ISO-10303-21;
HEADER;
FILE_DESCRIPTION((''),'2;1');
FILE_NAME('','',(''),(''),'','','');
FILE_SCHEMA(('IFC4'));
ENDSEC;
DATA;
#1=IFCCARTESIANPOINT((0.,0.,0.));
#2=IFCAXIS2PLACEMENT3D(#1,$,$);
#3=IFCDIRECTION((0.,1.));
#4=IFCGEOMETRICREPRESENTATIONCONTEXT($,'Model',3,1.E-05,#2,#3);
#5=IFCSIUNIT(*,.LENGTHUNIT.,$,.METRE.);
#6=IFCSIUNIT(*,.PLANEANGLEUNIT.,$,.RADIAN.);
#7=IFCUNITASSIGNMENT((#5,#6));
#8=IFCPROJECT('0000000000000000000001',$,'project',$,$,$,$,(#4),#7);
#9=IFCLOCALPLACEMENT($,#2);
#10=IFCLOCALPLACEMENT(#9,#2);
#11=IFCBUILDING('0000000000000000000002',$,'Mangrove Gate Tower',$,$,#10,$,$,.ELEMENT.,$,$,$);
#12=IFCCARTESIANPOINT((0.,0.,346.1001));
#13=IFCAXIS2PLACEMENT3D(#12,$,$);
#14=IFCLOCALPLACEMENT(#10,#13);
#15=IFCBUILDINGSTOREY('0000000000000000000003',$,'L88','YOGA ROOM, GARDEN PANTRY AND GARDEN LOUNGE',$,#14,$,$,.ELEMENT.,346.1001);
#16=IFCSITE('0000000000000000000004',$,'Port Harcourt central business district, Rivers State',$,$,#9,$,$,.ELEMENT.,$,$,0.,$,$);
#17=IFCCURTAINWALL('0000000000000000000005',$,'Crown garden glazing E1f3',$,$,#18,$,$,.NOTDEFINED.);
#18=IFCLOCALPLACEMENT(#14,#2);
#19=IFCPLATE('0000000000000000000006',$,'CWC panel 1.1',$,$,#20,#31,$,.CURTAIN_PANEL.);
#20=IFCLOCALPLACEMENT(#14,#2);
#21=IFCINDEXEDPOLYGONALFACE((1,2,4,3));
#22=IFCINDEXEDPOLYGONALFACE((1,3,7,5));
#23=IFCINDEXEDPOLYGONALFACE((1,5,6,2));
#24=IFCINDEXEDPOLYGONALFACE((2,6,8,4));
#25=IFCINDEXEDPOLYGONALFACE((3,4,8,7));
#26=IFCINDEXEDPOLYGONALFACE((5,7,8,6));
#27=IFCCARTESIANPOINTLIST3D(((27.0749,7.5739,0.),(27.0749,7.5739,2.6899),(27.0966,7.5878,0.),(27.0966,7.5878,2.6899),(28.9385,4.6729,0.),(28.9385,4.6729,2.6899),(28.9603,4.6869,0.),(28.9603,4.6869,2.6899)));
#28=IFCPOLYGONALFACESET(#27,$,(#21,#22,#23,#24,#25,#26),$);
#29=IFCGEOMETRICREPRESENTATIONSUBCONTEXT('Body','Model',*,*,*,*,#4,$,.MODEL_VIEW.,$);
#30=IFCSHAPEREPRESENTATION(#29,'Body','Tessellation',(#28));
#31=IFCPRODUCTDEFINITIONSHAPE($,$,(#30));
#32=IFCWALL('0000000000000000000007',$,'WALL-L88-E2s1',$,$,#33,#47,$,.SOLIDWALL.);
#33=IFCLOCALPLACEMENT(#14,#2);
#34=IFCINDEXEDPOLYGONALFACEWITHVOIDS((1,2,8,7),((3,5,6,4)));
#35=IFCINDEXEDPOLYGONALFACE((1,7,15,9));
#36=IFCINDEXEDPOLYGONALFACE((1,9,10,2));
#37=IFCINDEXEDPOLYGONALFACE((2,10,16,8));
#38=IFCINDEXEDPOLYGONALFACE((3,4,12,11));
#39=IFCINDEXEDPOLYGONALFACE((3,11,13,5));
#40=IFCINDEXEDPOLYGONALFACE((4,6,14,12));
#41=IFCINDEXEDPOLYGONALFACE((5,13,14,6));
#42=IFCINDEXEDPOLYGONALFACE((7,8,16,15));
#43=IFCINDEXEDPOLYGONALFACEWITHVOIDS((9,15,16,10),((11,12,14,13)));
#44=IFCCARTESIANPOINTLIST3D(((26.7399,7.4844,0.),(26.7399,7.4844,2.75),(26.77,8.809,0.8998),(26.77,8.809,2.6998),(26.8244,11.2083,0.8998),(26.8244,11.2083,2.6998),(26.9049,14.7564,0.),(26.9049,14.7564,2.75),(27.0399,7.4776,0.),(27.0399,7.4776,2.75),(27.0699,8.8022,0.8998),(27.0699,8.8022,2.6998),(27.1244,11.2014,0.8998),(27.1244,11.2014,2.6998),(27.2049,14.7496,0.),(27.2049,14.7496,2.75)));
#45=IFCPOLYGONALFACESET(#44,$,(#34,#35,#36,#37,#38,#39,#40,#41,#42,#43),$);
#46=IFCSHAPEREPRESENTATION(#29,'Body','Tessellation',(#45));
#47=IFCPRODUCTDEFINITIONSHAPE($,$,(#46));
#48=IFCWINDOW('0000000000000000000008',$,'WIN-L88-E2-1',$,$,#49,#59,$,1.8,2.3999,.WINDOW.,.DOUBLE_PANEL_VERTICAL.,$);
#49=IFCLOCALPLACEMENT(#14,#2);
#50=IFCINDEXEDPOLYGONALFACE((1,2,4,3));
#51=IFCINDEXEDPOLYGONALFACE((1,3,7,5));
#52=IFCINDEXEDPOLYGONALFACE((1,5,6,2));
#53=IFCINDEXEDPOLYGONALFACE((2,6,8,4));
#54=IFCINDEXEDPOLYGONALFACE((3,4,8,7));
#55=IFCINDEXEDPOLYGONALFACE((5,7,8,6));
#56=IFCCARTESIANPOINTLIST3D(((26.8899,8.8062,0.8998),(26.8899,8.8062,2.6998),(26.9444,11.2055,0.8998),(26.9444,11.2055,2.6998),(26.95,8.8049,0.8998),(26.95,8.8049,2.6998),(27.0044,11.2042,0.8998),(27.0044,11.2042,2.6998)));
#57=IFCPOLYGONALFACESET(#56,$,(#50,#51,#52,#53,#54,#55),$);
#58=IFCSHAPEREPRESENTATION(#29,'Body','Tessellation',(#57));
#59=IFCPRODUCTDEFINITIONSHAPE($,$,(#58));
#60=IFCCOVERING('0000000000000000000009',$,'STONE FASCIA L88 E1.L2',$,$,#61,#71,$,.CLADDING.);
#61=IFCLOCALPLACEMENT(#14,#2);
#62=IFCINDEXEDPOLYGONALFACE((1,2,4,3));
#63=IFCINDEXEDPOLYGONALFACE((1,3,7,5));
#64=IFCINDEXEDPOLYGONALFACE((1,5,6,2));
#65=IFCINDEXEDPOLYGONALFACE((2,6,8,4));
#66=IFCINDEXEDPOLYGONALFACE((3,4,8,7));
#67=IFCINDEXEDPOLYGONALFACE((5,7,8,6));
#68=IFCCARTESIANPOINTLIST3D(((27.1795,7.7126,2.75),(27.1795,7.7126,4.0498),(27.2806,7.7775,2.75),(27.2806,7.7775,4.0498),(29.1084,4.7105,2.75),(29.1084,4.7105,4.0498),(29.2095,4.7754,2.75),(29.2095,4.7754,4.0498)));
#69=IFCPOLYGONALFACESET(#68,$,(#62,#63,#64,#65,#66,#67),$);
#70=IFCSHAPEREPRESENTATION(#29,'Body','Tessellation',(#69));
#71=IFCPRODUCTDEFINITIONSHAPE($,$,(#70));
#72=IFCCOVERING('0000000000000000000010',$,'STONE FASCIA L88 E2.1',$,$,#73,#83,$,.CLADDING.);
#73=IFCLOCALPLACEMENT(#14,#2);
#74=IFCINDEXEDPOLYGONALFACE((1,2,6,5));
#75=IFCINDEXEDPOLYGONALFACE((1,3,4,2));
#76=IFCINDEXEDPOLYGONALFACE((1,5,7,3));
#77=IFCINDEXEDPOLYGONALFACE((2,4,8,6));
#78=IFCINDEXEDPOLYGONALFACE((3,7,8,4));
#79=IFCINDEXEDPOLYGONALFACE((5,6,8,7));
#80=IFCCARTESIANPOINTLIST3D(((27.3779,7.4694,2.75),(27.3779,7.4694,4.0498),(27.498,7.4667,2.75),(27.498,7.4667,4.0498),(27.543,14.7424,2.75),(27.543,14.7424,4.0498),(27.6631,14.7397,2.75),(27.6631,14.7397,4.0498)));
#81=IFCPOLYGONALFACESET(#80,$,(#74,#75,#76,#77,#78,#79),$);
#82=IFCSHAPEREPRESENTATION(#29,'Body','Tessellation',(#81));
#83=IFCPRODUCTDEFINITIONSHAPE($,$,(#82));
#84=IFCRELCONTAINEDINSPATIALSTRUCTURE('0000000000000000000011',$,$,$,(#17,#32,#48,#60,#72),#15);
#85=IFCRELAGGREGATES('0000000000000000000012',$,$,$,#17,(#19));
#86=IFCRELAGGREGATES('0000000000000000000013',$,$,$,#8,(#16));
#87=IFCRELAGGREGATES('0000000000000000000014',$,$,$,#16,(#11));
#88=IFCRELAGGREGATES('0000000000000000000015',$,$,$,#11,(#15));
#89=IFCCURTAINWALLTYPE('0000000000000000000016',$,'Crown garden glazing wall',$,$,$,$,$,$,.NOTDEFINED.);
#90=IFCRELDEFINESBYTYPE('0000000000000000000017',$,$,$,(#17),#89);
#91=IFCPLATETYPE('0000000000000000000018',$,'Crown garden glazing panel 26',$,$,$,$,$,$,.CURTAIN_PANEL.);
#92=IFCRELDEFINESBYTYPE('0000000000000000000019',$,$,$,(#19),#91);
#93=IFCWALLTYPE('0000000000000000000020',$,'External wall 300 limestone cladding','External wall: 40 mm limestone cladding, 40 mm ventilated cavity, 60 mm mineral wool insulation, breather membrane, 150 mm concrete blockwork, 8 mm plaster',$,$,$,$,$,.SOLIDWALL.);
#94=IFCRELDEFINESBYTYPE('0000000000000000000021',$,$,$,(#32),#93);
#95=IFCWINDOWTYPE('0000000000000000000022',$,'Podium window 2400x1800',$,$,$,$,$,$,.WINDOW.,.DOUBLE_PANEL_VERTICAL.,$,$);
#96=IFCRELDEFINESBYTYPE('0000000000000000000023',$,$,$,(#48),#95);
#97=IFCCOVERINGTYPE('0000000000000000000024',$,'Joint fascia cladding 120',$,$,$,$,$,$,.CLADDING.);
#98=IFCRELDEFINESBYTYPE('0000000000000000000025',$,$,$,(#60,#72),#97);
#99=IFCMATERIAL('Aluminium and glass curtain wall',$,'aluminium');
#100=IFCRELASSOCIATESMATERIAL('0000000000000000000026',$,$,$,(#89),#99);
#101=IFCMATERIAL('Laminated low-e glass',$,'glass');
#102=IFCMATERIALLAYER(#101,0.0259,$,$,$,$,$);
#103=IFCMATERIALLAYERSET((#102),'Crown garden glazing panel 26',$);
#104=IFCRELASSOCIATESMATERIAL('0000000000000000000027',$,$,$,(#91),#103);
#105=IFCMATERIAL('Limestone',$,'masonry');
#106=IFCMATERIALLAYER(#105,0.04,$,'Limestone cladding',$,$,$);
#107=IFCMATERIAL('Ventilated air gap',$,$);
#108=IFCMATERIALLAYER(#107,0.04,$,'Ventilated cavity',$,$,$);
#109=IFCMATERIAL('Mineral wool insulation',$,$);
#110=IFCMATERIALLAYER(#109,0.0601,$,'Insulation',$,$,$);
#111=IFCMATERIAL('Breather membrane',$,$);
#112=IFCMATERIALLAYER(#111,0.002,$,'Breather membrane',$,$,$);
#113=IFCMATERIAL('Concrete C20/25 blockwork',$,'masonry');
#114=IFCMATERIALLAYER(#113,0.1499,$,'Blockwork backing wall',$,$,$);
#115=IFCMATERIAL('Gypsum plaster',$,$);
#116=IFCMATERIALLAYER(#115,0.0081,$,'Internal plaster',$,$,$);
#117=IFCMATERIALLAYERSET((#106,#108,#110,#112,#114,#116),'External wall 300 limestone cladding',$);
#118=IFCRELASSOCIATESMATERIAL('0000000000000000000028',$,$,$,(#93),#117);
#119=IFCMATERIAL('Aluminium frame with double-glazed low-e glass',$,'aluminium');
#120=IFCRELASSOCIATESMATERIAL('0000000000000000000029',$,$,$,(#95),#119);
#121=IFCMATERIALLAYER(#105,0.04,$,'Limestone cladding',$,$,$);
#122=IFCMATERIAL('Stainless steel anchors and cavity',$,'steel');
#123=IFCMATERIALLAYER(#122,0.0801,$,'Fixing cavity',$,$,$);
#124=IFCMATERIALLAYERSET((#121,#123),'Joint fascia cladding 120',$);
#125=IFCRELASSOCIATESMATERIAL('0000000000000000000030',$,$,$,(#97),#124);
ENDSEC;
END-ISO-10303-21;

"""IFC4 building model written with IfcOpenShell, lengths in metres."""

from ifc_helpers import new_model, si_unit, direction, frame, frame_2d, origin, origin_2d, place, context, subcontext, project, spatial, rectangle, extrude, material, layer, layer_set, type_object, element, fill, aggregate, save


model = new_model("IFC4")

# Units and contexts
model_context = context("Model", 3, precision=1e-05, world=origin(), true_north=direction((0.0, 1.0)))
body_context = subcontext(model_context, "Body", "Model", "MODEL_VIEW")
ifc_project = project(units=[si_unit("LENGTHUNIT", "METRE"), si_unit("PLANEANGLEUNIT", "RADIAN")], contexts=[model_context])

# Site, building, storey
site_placement = place(None, origin())
site = spatial("IfcSite", under=ifc_project, at=site_placement, Name="Port Harcourt central business district, Rivers State", CompositionType="ELEMENT", RefElevation=0.0)
building_placement = place(site_placement, origin())
building = spatial("IfcBuilding", under=site, at=building_placement, Name="Mangrove Gate Tower", CompositionType="ELEMENT")
storey_placement = place(building_placement, frame((0.0, 0.0, 346.1001)))
storey = spatial("IfcBuildingStorey", under=building, at=storey_placement, Name="L88", Description="YOGA ROOM, GARDEN PANTRY AND GARDEN LOUNGE", CompositionType="ELEMENT", Elevation=346.1001)

# Shared definitions
ifc_material_1 = material(Name="Aluminium and glass curtain wall", Category="aluminium")
curtain_wall_type = type_object("IfcCurtainWallType", Name="Crown garden glazing wall", PredefinedType="NOTDEFINED", material=ifc_material_1)

# Curtain wall
curtain_wall_1_placement = place(storey_placement, origin())
curtain_wall_1 = element("IfcCurtainWall", 1, at=curtain_wall_1_placement, inside=storey, type_object=curtain_wall_type, Name="Crown garden glazing E1f3", PredefinedType="NOTDEFINED")

# Plate
ifc_material_2 = material(Name="Laminated low-e glass", Category="glass")
ifc_layer_1 = layer(ifc_material_2, 0.0259)
ifc_layer_set_1 = layer_set([ifc_layer_1], Name="Crown garden glazing panel 26")
plate_type = type_object("IfcPlateType", Name="Crown garden glazing panel 26", PredefinedType="CURTAIN_PANEL", material=ifc_layer_set_1)
plate_1_placement = place(storey_placement, frame((28.0176, 6.1304, 0.0), z_axis=(0.0, 0.0, 1.0), x_axis=(-0.540496, 0.841347, 0.0)))
plate_1 = element("IfcPlate", 2, at=plate_1_placement, type_object=plate_type, Name="CWC panel 1.1", PredefinedType="CURTAIN_PANEL", context=body_context, shape_type="SweptSolid", body=[
    extrude(rectangle(XDim=3.448, YDim=0.0259, at=origin_2d()), origin(), (0.0, 0.0, 1.0), 2.6899),
])
aggregate(curtain_wall_1, [plate_1])

# Wall, opening, window
ifc_material_3 = material(Name="Limestone", Category="masonry")
ifc_layer_2 = layer(ifc_material_3, 0.04, Name="Limestone cladding")
ifc_material_4 = material(Name="Ventilated air gap")
ifc_layer_3 = layer(ifc_material_4, 0.04, Name="Ventilated cavity")
ifc_material_5 = material(Name="Mineral wool insulation")
ifc_layer_4 = layer(ifc_material_5, 0.0601, Name="Insulation")
ifc_material_6 = material(Name="Breather membrane")
ifc_layer_5 = layer(ifc_material_6, 0.002, Name="Breather membrane")
ifc_material_7 = material(Name="Concrete C20/25 blockwork", Category="masonry")
ifc_layer_6 = layer(ifc_material_7, 0.1499, Name="Blockwork backing wall")
ifc_material_8 = material(Name="Gypsum plaster")
ifc_layer_7 = layer(ifc_material_8, 0.0081, Name="Internal plaster")
ifc_layer_set_2 = layer_set([ifc_layer_2, ifc_layer_3, ifc_layer_4, ifc_layer_5, ifc_layer_6, ifc_layer_7], Name="External wall 300 limestone cladding")
wall_type = type_object("IfcWallType", Name="External wall 300 limestone cladding", Description="External wall: 40 mm limestone cladding, 40 mm ventilated cavity, 60 mm mineral wool insulation, breather membrane, 150 mm concrete blockwork, 8 mm plaster", PredefinedType="SOLIDWALL", material=ifc_layer_set_2)
wall_placement = place(storey_placement, frame((26.8899, 7.481, 0.0), z_axis=(0.0, 0.0, 1.0), x_axis=(0.022689, 0.999743, 0.0)))
wall = element("IfcWall", 3, at=wall_placement, inside=storey, type_object=wall_type, Name="WALL-L88-E2s1", PredefinedType="SOLIDWALL", context=body_context, shape_type="SweptSolid", body=[
    extrude(rectangle(XDim=7.2739, YDim=0.3, at=frame_2d((3.637, 0.0))), origin(), (0.0, 0.0, 1.0), 2.75),
])
opening_placement = place(wall_placement, frame((1.325, 0.0, 0.8999)))
opening = element("IfcOpeningElement", 4, at=opening_placement, cuts=wall, PredefinedType="OPENING", context=body_context, shape_type="SweptSolid", body=[
    extrude(rectangle(XDim=2.3999, YDim=1.8, at=frame_2d((1.2, 0.8999))), frame((0.0, 0.1599, 0.0), z_axis=(0.0, -1.0, 0.0), x_axis=(1.0, 0.0, 0.0)), (0.0, 0.0, 1.0), 0.3201),
])
ifc_material_9 = material(Name="Aluminium frame with double-glazed low-e glass", Category="aluminium")
window_type = type_object("IfcWindowType", Name="Podium window 2400x1800", PartitioningType="DOUBLE_PANEL_VERTICAL", PredefinedType="WINDOW", material=ifc_material_9)
window_placement = place(opening_placement, origin())
window = element("IfcWindow", 5, at=window_placement, inside=storey, type_object=window_type, Name="WIN-L88-E2-1", OverallHeight=1.8, OverallWidth=2.3999, PartitioningType="DOUBLE_PANEL_VERTICAL", PredefinedType="WINDOW", context=body_context, shape_type="SweptSolid", body=[
    extrude(rectangle(XDim=2.3999, YDim=1.8, at=frame_2d((1.2, 0.8999))), frame((0.0, 0.03, 0.0), z_axis=(0.0, -1.0, 0.0), x_axis=(1.0, 0.0, 0.0)), (0.0, 0.0, 1.0), 0.0601),
])
fill(opening, window)

# Coverings
ifc_layer_8 = layer(ifc_material_3, 0.04, Name="Limestone cladding")
ifc_material_10 = material(Name="Stainless steel anchors and cavity", Category="steel")
ifc_layer_9 = layer(ifc_material_10, 0.0801, Name="Fixing cavity")
ifc_layer_set_3 = layer_set([ifc_layer_8, ifc_layer_9], Name="Joint fascia cladding 120")
covering_type = type_object("IfcCoveringType", Name="Joint fascia cladding 120", PredefinedType="CLADDING", material=ifc_layer_set_3)
covering_1_placement = place(storey_placement, frame((29.1589, 4.7429, 2.75), z_axis=(0.0, 0.0, 1.0), x_axis=(-0.540554, 0.84131, 0.0)))
element("IfcCovering", 6, at=covering_1_placement, inside=storey, type_object=covering_type, Name="STONE FASCIA L88 E1.L2", PredefinedType="CLADDING", context=body_context, shape_type="SweptSolid", body=[
    extrude(rectangle(XDim=3.5684, YDim=0.1201, at=frame_2d((1.7842, 0.0))), origin(), (0.0, 0.0, 1.0), 1.2998),
])
covering_2_placement = place(storey_placement, frame((27.438, 7.468, 2.75), z_axis=(0.0, 0.0, 1.0), x_axis=(0.022686, 0.999743, 0.0)))
element("IfcCovering", 7, at=covering_2_placement, inside=storey, type_object=covering_type, Name="STONE FASCIA L88 E2.1", PredefinedType="CLADDING", context=body_context, shape_type="SweptSolid", body=[
    extrude(rectangle(XDim=7.2749, YDim=0.1201, at=frame_2d((3.6375, 0.0))), origin(), (0.0, 0.0, 1.0), 1.2998),
])

save(model, "model.ifc")
